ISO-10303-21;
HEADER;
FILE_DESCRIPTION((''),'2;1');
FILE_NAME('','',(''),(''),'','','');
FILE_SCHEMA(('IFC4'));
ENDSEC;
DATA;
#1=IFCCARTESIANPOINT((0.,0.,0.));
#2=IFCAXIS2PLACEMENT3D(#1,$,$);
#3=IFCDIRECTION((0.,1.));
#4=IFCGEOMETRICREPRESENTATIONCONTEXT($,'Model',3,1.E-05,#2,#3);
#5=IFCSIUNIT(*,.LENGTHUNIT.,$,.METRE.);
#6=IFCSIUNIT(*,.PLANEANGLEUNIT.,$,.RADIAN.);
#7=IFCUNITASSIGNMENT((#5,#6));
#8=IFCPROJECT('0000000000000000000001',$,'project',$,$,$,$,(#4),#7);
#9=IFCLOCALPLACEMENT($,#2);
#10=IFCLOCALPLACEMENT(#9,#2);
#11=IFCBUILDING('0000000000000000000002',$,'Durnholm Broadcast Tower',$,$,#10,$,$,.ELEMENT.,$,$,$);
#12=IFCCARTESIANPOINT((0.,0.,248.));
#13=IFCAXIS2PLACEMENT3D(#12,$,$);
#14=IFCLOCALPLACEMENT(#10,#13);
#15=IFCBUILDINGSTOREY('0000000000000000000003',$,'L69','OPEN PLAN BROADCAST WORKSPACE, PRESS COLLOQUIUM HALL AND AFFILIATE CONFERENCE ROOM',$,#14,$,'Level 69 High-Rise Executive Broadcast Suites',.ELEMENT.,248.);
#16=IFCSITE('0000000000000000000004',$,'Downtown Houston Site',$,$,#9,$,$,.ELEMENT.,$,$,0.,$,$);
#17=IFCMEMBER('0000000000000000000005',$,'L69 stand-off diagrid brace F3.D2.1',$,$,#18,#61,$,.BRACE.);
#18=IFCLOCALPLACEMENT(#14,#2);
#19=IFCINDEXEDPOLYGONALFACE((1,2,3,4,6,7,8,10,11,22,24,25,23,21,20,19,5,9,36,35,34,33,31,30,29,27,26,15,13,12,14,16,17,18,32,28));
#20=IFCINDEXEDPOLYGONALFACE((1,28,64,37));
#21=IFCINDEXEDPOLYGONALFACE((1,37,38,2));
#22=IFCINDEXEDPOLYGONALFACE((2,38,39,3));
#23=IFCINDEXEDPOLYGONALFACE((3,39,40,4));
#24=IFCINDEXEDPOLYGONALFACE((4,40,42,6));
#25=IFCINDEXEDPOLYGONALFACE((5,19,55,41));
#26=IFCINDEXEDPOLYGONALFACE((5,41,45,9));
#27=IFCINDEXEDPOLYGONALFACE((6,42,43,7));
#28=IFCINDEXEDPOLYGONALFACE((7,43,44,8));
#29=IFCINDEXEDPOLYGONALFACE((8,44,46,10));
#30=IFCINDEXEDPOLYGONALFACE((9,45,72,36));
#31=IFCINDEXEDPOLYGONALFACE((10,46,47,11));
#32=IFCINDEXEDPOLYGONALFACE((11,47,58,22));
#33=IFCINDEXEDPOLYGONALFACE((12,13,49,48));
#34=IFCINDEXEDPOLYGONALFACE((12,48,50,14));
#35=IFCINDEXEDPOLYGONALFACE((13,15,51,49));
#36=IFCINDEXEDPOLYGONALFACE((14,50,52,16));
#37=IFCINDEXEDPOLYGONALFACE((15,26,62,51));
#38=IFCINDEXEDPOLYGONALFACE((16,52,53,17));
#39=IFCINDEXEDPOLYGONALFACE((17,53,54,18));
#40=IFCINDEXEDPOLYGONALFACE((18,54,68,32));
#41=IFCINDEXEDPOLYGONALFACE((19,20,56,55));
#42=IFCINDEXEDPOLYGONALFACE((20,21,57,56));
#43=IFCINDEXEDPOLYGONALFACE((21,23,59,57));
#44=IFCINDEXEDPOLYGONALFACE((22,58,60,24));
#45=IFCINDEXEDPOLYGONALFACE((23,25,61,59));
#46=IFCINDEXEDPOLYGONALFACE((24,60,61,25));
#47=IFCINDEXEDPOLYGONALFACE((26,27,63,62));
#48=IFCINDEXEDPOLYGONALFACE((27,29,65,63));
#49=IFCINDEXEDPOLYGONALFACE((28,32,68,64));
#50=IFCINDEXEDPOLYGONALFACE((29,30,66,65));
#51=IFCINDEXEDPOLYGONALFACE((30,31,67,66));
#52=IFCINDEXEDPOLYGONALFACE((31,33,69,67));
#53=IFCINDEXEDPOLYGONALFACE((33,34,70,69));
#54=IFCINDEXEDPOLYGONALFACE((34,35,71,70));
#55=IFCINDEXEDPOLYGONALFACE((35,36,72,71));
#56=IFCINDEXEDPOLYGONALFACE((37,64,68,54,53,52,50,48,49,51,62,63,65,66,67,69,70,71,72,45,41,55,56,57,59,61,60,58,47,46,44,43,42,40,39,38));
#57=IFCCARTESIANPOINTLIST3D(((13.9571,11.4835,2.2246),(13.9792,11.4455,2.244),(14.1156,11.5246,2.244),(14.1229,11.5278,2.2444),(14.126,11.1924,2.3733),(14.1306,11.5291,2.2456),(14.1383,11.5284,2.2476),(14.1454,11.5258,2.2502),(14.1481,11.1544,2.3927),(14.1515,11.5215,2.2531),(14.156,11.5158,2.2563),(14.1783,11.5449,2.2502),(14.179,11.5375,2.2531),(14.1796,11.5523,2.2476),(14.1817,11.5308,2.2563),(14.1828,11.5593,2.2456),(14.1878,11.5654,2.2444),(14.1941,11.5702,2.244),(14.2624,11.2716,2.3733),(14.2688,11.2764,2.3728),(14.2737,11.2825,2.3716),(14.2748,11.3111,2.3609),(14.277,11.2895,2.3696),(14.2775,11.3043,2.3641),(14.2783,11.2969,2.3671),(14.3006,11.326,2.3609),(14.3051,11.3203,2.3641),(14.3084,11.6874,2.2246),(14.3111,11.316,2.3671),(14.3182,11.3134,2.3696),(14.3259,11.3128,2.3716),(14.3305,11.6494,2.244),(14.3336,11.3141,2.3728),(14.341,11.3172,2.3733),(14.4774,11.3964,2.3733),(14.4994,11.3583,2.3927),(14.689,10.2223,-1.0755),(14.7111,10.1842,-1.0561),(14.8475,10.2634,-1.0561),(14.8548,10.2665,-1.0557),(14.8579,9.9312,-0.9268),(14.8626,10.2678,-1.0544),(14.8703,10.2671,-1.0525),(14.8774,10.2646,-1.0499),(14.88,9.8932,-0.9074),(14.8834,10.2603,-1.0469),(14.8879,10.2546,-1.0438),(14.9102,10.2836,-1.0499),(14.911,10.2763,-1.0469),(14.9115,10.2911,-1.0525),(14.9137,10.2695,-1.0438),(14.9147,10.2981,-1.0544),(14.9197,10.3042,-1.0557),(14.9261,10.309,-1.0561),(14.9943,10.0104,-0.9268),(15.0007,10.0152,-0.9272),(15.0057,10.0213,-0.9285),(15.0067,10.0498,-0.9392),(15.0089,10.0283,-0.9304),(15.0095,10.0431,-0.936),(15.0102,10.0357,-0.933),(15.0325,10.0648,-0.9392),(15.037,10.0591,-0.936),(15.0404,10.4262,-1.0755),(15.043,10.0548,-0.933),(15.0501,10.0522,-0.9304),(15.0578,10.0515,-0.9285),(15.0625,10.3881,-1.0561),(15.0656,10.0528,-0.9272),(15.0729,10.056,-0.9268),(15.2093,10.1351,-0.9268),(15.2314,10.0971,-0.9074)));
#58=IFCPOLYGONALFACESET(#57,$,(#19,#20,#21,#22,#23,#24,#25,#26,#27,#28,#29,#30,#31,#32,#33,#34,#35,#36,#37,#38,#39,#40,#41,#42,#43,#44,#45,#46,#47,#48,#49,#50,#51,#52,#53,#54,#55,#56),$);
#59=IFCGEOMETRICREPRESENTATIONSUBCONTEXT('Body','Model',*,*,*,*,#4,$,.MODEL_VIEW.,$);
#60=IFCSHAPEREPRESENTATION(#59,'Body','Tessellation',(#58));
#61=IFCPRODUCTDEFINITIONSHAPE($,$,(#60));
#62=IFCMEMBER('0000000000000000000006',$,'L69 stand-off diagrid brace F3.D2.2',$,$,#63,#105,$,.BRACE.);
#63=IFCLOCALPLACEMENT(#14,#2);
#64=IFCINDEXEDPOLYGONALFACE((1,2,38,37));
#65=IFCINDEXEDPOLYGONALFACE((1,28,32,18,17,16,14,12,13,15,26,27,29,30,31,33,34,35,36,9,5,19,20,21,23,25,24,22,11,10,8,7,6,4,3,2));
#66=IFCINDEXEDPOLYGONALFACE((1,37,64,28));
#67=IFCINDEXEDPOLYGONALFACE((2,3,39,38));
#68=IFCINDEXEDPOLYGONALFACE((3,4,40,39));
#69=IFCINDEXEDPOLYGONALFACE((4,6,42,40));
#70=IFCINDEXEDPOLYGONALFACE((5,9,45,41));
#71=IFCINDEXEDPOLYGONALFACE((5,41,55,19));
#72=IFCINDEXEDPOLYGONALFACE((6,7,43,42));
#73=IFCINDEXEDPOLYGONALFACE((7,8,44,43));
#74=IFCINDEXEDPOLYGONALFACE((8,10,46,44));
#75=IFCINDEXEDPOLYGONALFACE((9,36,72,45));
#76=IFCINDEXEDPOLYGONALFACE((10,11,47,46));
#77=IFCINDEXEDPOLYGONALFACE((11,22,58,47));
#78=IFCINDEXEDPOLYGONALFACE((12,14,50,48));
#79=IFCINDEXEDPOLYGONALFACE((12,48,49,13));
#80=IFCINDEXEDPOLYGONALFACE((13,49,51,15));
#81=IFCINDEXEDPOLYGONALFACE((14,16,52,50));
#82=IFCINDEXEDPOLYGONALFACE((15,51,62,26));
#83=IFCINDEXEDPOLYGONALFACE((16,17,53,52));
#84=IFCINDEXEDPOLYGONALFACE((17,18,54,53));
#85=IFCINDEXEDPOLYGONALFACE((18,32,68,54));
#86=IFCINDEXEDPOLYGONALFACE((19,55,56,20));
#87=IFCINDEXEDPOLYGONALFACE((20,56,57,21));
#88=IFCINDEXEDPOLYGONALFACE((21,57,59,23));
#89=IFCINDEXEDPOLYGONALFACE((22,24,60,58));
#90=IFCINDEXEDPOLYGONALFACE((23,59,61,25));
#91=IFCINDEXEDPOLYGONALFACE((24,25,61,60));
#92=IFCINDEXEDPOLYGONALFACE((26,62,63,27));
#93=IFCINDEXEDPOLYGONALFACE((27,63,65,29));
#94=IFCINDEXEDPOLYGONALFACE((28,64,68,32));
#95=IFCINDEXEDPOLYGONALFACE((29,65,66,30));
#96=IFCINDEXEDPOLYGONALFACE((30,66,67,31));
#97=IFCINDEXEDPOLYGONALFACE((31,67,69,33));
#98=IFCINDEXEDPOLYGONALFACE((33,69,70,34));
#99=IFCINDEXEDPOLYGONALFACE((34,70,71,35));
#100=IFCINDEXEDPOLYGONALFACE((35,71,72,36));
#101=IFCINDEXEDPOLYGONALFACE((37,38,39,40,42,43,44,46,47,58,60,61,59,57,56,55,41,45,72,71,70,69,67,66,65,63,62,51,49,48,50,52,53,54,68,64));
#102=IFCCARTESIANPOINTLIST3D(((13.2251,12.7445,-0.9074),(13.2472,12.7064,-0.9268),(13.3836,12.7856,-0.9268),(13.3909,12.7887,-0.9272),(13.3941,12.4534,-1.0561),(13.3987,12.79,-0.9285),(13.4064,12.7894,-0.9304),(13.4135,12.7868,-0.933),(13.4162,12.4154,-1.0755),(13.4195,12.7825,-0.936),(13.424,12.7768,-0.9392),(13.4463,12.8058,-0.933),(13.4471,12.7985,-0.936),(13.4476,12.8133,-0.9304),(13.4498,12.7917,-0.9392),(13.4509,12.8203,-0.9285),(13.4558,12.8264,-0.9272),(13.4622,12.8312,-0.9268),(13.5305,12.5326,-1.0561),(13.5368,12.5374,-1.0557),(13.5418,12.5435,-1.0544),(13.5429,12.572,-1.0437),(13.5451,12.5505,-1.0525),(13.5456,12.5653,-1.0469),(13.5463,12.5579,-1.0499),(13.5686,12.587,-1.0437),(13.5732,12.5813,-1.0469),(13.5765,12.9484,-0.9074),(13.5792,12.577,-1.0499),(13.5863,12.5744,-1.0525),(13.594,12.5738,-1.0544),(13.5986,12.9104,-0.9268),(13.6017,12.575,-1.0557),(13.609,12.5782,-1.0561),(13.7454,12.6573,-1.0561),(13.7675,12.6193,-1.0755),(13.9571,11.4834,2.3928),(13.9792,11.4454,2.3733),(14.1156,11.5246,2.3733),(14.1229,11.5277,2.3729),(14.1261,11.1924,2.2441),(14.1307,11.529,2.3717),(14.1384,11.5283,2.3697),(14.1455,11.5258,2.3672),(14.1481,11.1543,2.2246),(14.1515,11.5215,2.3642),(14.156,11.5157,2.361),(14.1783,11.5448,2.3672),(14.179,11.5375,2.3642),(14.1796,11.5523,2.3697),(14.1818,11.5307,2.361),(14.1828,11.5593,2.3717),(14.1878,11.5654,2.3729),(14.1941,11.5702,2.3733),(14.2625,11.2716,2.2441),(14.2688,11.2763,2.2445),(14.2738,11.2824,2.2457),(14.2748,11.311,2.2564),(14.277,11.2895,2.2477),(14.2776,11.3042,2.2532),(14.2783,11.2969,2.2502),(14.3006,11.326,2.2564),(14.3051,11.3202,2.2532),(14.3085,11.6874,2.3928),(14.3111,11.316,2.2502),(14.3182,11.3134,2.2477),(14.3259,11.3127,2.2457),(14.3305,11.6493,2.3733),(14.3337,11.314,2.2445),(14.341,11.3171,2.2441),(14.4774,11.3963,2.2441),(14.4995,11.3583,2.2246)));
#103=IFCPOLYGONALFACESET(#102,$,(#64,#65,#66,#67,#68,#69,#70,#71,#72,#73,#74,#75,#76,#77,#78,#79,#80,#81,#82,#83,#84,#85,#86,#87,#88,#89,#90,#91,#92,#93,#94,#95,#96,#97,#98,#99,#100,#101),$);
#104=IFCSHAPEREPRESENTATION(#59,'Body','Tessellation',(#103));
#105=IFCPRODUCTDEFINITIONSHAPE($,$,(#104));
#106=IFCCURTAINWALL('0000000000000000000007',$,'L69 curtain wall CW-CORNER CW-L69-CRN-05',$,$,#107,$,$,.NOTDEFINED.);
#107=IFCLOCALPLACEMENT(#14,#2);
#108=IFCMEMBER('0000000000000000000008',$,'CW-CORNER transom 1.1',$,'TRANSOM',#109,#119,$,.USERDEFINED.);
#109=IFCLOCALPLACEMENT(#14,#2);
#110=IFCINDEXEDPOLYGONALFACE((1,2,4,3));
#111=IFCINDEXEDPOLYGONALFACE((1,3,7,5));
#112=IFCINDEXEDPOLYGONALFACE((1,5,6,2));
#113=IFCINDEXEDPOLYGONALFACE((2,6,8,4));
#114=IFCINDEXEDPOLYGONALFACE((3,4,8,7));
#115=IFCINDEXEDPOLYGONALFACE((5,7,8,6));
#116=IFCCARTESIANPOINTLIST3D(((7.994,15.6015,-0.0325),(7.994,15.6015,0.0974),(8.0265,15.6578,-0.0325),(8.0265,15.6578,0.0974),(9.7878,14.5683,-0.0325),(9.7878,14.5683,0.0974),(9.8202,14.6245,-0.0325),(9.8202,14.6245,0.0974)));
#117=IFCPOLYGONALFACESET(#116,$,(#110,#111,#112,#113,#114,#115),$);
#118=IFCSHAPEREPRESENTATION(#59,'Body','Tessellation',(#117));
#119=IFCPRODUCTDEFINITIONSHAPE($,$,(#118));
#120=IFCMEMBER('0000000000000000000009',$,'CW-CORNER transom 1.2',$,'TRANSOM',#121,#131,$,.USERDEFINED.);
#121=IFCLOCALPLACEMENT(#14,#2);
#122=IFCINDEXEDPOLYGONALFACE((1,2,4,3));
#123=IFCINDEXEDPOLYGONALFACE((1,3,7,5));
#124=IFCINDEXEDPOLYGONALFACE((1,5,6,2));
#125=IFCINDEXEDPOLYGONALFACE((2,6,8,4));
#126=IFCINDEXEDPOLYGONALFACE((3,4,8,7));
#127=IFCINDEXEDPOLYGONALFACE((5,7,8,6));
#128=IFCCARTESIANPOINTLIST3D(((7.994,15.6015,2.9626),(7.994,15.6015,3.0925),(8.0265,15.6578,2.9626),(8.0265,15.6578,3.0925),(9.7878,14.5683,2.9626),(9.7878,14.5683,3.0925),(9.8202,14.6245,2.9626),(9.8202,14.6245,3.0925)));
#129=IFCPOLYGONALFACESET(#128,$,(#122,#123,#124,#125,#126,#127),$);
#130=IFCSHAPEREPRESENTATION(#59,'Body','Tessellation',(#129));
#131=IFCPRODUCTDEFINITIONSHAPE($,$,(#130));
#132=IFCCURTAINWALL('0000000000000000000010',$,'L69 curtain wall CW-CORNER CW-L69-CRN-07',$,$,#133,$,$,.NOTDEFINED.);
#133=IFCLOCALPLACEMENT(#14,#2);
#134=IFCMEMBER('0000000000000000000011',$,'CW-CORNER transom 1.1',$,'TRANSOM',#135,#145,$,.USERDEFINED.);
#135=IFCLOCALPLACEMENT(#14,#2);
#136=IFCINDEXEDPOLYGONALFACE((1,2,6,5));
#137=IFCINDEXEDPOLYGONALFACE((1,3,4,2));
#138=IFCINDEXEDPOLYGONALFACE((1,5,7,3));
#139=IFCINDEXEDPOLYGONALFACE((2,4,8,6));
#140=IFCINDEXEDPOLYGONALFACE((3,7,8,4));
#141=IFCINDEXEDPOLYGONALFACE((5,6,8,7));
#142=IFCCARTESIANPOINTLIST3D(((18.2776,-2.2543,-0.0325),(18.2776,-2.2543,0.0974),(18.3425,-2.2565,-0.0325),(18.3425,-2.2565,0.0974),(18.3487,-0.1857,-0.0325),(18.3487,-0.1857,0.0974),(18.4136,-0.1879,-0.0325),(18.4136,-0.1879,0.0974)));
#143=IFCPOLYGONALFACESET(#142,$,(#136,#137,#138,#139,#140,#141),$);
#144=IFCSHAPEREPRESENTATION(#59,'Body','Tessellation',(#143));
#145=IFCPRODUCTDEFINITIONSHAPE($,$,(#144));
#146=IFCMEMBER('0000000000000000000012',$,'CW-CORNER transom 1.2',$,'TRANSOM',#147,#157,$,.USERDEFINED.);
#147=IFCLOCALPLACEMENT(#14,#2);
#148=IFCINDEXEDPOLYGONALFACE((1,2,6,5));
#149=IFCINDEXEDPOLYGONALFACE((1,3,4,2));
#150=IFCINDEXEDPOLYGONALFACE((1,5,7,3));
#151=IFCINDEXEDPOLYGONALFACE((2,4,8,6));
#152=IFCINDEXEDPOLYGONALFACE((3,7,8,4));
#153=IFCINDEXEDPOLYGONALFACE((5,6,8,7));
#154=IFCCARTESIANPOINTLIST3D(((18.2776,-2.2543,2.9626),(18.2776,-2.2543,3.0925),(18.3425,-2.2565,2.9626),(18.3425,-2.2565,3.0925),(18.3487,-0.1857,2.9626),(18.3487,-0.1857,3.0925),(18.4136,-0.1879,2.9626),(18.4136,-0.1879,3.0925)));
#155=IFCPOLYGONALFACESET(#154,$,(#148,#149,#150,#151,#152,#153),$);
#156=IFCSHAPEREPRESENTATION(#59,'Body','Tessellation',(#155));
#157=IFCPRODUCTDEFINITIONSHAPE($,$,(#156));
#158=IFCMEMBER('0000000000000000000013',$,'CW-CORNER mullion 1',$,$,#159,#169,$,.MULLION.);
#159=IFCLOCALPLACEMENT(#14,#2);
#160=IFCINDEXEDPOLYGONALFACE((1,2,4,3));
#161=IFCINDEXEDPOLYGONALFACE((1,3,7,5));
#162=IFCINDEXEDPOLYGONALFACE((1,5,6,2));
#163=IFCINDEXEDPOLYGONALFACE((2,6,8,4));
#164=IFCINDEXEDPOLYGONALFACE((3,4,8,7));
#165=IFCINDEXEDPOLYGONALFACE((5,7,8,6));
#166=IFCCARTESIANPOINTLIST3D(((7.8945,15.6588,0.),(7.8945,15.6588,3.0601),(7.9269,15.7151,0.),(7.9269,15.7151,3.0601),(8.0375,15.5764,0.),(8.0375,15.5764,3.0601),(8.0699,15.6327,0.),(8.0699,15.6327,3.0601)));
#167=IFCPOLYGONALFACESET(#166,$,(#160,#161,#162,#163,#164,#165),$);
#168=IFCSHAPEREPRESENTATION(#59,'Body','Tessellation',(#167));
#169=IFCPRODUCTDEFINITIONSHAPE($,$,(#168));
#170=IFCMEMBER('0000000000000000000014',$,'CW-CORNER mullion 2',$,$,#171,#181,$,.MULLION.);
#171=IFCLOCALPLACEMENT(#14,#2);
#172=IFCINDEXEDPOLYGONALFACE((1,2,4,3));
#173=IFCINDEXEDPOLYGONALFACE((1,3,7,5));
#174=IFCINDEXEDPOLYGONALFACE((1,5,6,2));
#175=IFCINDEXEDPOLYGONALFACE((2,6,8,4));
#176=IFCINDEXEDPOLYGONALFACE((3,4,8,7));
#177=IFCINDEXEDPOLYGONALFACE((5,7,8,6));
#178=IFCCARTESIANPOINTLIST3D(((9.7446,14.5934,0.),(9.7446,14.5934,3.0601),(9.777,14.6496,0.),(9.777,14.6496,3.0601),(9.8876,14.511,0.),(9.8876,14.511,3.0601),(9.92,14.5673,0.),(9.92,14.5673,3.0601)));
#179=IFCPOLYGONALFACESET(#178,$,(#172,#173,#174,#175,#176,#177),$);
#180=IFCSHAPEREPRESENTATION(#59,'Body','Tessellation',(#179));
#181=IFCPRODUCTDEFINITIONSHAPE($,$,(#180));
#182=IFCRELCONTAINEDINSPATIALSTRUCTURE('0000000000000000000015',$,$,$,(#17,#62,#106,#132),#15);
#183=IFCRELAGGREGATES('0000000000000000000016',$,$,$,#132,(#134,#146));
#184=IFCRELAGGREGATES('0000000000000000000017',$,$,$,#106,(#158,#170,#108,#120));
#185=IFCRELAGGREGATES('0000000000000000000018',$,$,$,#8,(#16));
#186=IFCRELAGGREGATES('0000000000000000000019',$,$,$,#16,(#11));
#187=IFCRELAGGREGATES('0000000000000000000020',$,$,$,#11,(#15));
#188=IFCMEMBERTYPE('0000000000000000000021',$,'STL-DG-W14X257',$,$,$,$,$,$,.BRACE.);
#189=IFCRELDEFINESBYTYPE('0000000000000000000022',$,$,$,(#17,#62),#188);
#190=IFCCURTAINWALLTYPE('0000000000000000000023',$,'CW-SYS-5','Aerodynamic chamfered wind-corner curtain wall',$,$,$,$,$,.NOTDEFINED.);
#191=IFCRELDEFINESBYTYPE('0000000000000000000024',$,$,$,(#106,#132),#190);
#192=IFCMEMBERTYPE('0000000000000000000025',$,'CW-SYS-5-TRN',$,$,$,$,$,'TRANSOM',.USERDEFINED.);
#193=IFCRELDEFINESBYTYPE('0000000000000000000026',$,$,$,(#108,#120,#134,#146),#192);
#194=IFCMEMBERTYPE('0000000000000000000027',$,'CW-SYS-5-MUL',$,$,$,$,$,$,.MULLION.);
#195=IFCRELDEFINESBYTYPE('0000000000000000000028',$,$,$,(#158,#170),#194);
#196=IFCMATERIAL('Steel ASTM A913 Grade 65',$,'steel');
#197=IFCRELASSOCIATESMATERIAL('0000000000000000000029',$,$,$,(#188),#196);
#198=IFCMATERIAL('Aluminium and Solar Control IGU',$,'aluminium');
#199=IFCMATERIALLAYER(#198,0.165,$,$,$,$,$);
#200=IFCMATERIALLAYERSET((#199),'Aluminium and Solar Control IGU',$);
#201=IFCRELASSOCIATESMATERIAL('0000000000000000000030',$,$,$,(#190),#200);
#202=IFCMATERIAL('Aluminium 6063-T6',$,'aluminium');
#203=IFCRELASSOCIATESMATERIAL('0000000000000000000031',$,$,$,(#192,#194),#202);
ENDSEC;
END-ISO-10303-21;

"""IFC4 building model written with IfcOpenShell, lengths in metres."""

from ifc_helpers import new_model, si_unit, direction, frame, origin, origin_2d, place, context, subcontext, project, spatial, rectangle, i_section, extrude, source, transform, mapped, material, layer, layer_set, material_profile, profile_set, type_object, type_shapes, element, aggregate, save


model = new_model("IFC4")

# Units and contexts
model_context = context("Model", 3, precision=1e-05, world=origin(), true_north=direction((0.0, 1.0)))
body_context = subcontext(model_context, "Body", "Model", "MODEL_VIEW")
ifc_project = project(units=[si_unit("LENGTHUNIT", "METRE"), si_unit("PLANEANGLEUNIT", "RADIAN")], contexts=[model_context])

# Site, building, storey
site_placement = place(None, origin())
site = spatial("IfcSite", under=ifc_project, at=site_placement, Name="Downtown Houston Site", CompositionType="ELEMENT", RefElevation=0.0)
building_placement = place(site_placement, origin())
building = spatial("IfcBuilding", under=site, at=building_placement, Name="Durnholm Broadcast Tower", CompositionType="ELEMENT")
storey_placement = place(building_placement, frame((0.0, 0.0, 248.0)))
storey = spatial("IfcBuildingStorey", under=building, at=storey_placement, Name="L69", Description="OPEN PLAN BROADCAST WORKSPACE, PRESS COLLOQUIUM HALL AND AFFILIATE CONFERENCE ROOM", LongName="Level 69 High-Rise Executive Broadcast Suites", CompositionType="ELEMENT", Elevation=248.0)

# Members
ifc_material_1 = material(Name="Steel ASTM A913 Grade 65", Category="steel")
ifc_material_profile_1 = material_profile(ifc_material_1, i_section(OverallWidth=0.4062, OverallDepth=0.416, WebThickness=0.0298, FlangeThickness=0.0481, FilletRadius=0.0305, at=origin_2d()), Name="W14X257")
ifc_profile_set_1 = profile_set([ifc_material_profile_1], Name="Steel ASTM A913 Grade 65")
member_type_1 = type_object("IfcMemberType", Name="STL-DG-W14X257", PredefinedType="BRACE", material=ifc_profile_set_1)
shared_shape_1 = source(origin(), body_context, "Body", "SweptSolid", [
    extrude(i_section(OverallWidth=0.4062, OverallDepth=0.416, WebThickness=0.0298, FlangeThickness=0.0481, FilletRadius=0.0305, at=origin_2d()), origin(), (0.0, 0.0, 1.0), 3.6079),
])
type_shapes(member_type_1, [shared_shape_1])
for number, where, z_axis, x_axis, name in (
    (1, (14.9602, 10.1597, -0.9915), (-0.202871, 0.349577, 0.91468), (-0.864906, -0.501934, 0.0), "L69 stand-off diagrid brace F3.D2.1"),
    (2, (13.4963, 12.6819, -0.9915), (0.202876, -0.349518, 0.914701), (0.864864, 0.502006, 0.0), "L69 stand-off diagrid brace F3.D2.2"),
):
    element("IfcMember", number, at=place(storey_placement, frame(where, z_axis=z_axis, x_axis=x_axis)), inside=storey, type_object=member_type_1, Name=name, PredefinedType="BRACE", context=body_context, shape_type="MappedRepresentation", body=[
        mapped(shared_shape_1, transform((0.0, 0.0, 0.0), x_axis=(1.0, 0.0, 0.0), y_axis=(0.0, 1.0, 0.0), z_axis=(0.0, 0.0, 1.0), scale=1.0)),
    ])

# Curtain walls, members
ifc_material_2 = material(Name="Aluminium and Solar Control IGU", Category="aluminium")
ifc_layer_1 = layer(ifc_material_2, 0.165)
ifc_layer_set_1 = layer_set([ifc_layer_1], Name="Aluminium and Solar Control IGU")
curtain_wall_type_1 = type_object("IfcCurtainWallType", Name="CW-SYS-5", Description="Aerodynamic chamfered wind-corner curtain wall", PredefinedType="NOTDEFINED", material=ifc_layer_set_1)
curtain_wall_1_placement = place(storey_placement, origin())
curtain_wall_1 = element("IfcCurtainWall", 3, at=curtain_wall_1_placement, inside=storey, type_object=curtain_wall_type_1, Name="L69 curtain wall CW-CORNER CW-L69-CRN-05", PredefinedType="NOTDEFINED")
ifc_material_3 = material(Name="Aluminium 6063-T6", Category="aluminium")
ifc_material_profile_2 = material_profile(ifc_material_3, rectangle(XDim=0.0649, YDim=0.1299, at=origin_2d()), Name="CWT65X130")
ifc_profile_set_2 = profile_set([ifc_material_profile_2], Name="Aluminium 6063-T6")
member_type_2 = type_object("IfcMemberType", Name="CW-SYS-5-TRN", ElementType="TRANSOM", PredefinedType="USERDEFINED", material=ifc_profile_set_2)
shared_shape_2 = source(origin(), body_context, "Body", "SweptSolid", [
    extrude(rectangle(XDim=0.0649, YDim=0.1299, at=origin_2d()), origin(), (0.0, 0.0, 1.0), 2.0701),
])
member_1_placement = place(storey_placement, frame((8.0103, 15.6296, 0.0325), z_axis=(0.866525, -0.499134, 0.0), x_axis=(0.499134, 0.866525, 0.0)))
member_1 = element("IfcMember", 4, at=member_1_placement, type_object=member_type_2, Name="CW-CORNER transom 1.1", ObjectType="TRANSOM", PredefinedType="USERDEFINED", context=body_context, shape_type="MappedRepresentation", body=[
    mapped(shared_shape_2, transform((0.0, 0.0, 0.0), x_axis=(1.0, 0.0, 0.0), y_axis=(0.0, 1.0, 0.0), z_axis=(0.0, 0.0, 1.0), scale=1.0)),
])
member_2_placement = place(storey_placement, frame((8.0103, 15.6296, 3.0276), z_axis=(0.866525, -0.499134, 0.0), x_axis=(0.499134, 0.866525, 0.0)))
member_2 = element("IfcMember", 5, at=member_2_placement, type_object=member_type_2, Name="CW-CORNER transom 1.2", ObjectType="TRANSOM", PredefinedType="USERDEFINED", context=body_context, shape_type="MappedRepresentation", body=[
    mapped(shared_shape_2, transform((0.0, 0.0, 0.0), x_axis=(1.0, 0.0, 0.0), y_axis=(0.0, 1.0, 0.0), z_axis=(0.0, 0.0, 1.0), scale=1.0)),
])
curtain_wall_2_placement = place(storey_placement, origin())
curtain_wall_2 = element("IfcCurtainWall", 6, at=curtain_wall_2_placement, inside=storey, type_object=curtain_wall_type_1, Name="L69 curtain wall CW-CORNER CW-L69-CRN-07", PredefinedType="NOTDEFINED")
shared_shape_3 = source(origin(), body_context, "Body", "SweptSolid", [
    extrude(rectangle(XDim=0.0649, YDim=0.1299, at=origin_2d()), origin(), (0.0, 0.0, 1.0), 2.0698),
])
type_shapes(member_type_2, [shared_shape_2, shared_shape_3])
member_3_placement = place(storey_placement, frame((18.3811, -0.1868, 0.0325), z_axis=(-0.034324, -0.999411, 0.0), x_axis=(0.999411, -0.034324, 0.0)))
member_3 = element("IfcMember", 7, at=member_3_placement, type_object=member_type_2, Name="CW-CORNER transom 1.1", ObjectType="TRANSOM", PredefinedType="USERDEFINED", context=body_context, shape_type="MappedRepresentation", body=[
    mapped(shared_shape_3, transform((0.0, 0.0, 0.0), x_axis=(1.0, 0.0, 0.0), y_axis=(0.0, 1.0, 0.0), z_axis=(0.0, 0.0, 1.0), scale=1.0)),
])
member_4_placement = place(storey_placement, frame((18.3811, -0.1868, 3.0276), z_axis=(-0.034324, -0.999411, 0.0), x_axis=(0.999411, -0.034324, 0.0)))
member_4 = element("IfcMember", 8, at=member_4_placement, type_object=member_type_2, Name="CW-CORNER transom 1.2", ObjectType="TRANSOM", PredefinedType="USERDEFINED", context=body_context, shape_type="MappedRepresentation", body=[
    mapped(shared_shape_3, transform((0.0, 0.0, 0.0), x_axis=(1.0, 0.0, 0.0), y_axis=(0.0, 1.0, 0.0), z_axis=(0.0, 0.0, 1.0), scale=1.0)),
])

# Members
ifc_material_profile_3 = material_profile(ifc_material_3, rectangle(XDim=0.0649, YDim=0.165, at=origin_2d()), Name="CWM65X165")
ifc_profile_set_3 = profile_set([ifc_material_profile_3], Name="Aluminium 6063-T6")
member_type_3 = type_object("IfcMemberType", Name="CW-SYS-5-MUL", PredefinedType="MULLION", material=ifc_profile_set_3)
shared_shape_4 = source(origin(), body_context, "Body", "SweptSolid", [
    extrude(rectangle(XDim=0.0649, YDim=0.165, at=origin_2d()), origin(), (0.0, 0.0, 1.0), 3.0601),
])
type_shapes(member_type_3, [shared_shape_4])
member_5_placement = place(storey_placement, frame((7.9822, 15.6458, 0.0), z_axis=(0.0, 0.0, 1.0), x_axis=(0.499059, 0.866568, 0.0)))
member_5 = element("IfcMember", 9, at=member_5_placement, type_object=member_type_3, Name="CW-CORNER mullion 1", PredefinedType="MULLION", context=body_context, shape_type="MappedRepresentation", body=[
    mapped(shared_shape_4, transform((0.0, 0.0, 0.0), x_axis=(1.0, 0.0, 0.0), y_axis=(0.0, 1.0, 0.0), z_axis=(0.0, 0.0, 1.0), scale=1.0)),
])
member_6_placement = place(storey_placement, frame((9.8323, 14.5803, 0.0), z_axis=(0.0, 0.0, 1.0), x_axis=(0.499059, 0.866568, 0.0)))
member_6 = element("IfcMember", 10, at=member_6_placement, type_object=member_type_3, Name="CW-CORNER mullion 2", PredefinedType="MULLION", context=body_context, shape_type="MappedRepresentation", body=[
    mapped(shared_shape_4, transform((0.0, 0.0, 0.0), x_axis=(1.0, 0.0, 0.0), y_axis=(0.0, 1.0, 0.0), z_axis=(0.0, 0.0, 1.0), scale=1.0)),
])
aggregate(curtain_wall_2, [member_3, member_4])

aggregate(curtain_wall_1, [member_5, member_6, member_1, member_2])

save(model, "model.ifc")
